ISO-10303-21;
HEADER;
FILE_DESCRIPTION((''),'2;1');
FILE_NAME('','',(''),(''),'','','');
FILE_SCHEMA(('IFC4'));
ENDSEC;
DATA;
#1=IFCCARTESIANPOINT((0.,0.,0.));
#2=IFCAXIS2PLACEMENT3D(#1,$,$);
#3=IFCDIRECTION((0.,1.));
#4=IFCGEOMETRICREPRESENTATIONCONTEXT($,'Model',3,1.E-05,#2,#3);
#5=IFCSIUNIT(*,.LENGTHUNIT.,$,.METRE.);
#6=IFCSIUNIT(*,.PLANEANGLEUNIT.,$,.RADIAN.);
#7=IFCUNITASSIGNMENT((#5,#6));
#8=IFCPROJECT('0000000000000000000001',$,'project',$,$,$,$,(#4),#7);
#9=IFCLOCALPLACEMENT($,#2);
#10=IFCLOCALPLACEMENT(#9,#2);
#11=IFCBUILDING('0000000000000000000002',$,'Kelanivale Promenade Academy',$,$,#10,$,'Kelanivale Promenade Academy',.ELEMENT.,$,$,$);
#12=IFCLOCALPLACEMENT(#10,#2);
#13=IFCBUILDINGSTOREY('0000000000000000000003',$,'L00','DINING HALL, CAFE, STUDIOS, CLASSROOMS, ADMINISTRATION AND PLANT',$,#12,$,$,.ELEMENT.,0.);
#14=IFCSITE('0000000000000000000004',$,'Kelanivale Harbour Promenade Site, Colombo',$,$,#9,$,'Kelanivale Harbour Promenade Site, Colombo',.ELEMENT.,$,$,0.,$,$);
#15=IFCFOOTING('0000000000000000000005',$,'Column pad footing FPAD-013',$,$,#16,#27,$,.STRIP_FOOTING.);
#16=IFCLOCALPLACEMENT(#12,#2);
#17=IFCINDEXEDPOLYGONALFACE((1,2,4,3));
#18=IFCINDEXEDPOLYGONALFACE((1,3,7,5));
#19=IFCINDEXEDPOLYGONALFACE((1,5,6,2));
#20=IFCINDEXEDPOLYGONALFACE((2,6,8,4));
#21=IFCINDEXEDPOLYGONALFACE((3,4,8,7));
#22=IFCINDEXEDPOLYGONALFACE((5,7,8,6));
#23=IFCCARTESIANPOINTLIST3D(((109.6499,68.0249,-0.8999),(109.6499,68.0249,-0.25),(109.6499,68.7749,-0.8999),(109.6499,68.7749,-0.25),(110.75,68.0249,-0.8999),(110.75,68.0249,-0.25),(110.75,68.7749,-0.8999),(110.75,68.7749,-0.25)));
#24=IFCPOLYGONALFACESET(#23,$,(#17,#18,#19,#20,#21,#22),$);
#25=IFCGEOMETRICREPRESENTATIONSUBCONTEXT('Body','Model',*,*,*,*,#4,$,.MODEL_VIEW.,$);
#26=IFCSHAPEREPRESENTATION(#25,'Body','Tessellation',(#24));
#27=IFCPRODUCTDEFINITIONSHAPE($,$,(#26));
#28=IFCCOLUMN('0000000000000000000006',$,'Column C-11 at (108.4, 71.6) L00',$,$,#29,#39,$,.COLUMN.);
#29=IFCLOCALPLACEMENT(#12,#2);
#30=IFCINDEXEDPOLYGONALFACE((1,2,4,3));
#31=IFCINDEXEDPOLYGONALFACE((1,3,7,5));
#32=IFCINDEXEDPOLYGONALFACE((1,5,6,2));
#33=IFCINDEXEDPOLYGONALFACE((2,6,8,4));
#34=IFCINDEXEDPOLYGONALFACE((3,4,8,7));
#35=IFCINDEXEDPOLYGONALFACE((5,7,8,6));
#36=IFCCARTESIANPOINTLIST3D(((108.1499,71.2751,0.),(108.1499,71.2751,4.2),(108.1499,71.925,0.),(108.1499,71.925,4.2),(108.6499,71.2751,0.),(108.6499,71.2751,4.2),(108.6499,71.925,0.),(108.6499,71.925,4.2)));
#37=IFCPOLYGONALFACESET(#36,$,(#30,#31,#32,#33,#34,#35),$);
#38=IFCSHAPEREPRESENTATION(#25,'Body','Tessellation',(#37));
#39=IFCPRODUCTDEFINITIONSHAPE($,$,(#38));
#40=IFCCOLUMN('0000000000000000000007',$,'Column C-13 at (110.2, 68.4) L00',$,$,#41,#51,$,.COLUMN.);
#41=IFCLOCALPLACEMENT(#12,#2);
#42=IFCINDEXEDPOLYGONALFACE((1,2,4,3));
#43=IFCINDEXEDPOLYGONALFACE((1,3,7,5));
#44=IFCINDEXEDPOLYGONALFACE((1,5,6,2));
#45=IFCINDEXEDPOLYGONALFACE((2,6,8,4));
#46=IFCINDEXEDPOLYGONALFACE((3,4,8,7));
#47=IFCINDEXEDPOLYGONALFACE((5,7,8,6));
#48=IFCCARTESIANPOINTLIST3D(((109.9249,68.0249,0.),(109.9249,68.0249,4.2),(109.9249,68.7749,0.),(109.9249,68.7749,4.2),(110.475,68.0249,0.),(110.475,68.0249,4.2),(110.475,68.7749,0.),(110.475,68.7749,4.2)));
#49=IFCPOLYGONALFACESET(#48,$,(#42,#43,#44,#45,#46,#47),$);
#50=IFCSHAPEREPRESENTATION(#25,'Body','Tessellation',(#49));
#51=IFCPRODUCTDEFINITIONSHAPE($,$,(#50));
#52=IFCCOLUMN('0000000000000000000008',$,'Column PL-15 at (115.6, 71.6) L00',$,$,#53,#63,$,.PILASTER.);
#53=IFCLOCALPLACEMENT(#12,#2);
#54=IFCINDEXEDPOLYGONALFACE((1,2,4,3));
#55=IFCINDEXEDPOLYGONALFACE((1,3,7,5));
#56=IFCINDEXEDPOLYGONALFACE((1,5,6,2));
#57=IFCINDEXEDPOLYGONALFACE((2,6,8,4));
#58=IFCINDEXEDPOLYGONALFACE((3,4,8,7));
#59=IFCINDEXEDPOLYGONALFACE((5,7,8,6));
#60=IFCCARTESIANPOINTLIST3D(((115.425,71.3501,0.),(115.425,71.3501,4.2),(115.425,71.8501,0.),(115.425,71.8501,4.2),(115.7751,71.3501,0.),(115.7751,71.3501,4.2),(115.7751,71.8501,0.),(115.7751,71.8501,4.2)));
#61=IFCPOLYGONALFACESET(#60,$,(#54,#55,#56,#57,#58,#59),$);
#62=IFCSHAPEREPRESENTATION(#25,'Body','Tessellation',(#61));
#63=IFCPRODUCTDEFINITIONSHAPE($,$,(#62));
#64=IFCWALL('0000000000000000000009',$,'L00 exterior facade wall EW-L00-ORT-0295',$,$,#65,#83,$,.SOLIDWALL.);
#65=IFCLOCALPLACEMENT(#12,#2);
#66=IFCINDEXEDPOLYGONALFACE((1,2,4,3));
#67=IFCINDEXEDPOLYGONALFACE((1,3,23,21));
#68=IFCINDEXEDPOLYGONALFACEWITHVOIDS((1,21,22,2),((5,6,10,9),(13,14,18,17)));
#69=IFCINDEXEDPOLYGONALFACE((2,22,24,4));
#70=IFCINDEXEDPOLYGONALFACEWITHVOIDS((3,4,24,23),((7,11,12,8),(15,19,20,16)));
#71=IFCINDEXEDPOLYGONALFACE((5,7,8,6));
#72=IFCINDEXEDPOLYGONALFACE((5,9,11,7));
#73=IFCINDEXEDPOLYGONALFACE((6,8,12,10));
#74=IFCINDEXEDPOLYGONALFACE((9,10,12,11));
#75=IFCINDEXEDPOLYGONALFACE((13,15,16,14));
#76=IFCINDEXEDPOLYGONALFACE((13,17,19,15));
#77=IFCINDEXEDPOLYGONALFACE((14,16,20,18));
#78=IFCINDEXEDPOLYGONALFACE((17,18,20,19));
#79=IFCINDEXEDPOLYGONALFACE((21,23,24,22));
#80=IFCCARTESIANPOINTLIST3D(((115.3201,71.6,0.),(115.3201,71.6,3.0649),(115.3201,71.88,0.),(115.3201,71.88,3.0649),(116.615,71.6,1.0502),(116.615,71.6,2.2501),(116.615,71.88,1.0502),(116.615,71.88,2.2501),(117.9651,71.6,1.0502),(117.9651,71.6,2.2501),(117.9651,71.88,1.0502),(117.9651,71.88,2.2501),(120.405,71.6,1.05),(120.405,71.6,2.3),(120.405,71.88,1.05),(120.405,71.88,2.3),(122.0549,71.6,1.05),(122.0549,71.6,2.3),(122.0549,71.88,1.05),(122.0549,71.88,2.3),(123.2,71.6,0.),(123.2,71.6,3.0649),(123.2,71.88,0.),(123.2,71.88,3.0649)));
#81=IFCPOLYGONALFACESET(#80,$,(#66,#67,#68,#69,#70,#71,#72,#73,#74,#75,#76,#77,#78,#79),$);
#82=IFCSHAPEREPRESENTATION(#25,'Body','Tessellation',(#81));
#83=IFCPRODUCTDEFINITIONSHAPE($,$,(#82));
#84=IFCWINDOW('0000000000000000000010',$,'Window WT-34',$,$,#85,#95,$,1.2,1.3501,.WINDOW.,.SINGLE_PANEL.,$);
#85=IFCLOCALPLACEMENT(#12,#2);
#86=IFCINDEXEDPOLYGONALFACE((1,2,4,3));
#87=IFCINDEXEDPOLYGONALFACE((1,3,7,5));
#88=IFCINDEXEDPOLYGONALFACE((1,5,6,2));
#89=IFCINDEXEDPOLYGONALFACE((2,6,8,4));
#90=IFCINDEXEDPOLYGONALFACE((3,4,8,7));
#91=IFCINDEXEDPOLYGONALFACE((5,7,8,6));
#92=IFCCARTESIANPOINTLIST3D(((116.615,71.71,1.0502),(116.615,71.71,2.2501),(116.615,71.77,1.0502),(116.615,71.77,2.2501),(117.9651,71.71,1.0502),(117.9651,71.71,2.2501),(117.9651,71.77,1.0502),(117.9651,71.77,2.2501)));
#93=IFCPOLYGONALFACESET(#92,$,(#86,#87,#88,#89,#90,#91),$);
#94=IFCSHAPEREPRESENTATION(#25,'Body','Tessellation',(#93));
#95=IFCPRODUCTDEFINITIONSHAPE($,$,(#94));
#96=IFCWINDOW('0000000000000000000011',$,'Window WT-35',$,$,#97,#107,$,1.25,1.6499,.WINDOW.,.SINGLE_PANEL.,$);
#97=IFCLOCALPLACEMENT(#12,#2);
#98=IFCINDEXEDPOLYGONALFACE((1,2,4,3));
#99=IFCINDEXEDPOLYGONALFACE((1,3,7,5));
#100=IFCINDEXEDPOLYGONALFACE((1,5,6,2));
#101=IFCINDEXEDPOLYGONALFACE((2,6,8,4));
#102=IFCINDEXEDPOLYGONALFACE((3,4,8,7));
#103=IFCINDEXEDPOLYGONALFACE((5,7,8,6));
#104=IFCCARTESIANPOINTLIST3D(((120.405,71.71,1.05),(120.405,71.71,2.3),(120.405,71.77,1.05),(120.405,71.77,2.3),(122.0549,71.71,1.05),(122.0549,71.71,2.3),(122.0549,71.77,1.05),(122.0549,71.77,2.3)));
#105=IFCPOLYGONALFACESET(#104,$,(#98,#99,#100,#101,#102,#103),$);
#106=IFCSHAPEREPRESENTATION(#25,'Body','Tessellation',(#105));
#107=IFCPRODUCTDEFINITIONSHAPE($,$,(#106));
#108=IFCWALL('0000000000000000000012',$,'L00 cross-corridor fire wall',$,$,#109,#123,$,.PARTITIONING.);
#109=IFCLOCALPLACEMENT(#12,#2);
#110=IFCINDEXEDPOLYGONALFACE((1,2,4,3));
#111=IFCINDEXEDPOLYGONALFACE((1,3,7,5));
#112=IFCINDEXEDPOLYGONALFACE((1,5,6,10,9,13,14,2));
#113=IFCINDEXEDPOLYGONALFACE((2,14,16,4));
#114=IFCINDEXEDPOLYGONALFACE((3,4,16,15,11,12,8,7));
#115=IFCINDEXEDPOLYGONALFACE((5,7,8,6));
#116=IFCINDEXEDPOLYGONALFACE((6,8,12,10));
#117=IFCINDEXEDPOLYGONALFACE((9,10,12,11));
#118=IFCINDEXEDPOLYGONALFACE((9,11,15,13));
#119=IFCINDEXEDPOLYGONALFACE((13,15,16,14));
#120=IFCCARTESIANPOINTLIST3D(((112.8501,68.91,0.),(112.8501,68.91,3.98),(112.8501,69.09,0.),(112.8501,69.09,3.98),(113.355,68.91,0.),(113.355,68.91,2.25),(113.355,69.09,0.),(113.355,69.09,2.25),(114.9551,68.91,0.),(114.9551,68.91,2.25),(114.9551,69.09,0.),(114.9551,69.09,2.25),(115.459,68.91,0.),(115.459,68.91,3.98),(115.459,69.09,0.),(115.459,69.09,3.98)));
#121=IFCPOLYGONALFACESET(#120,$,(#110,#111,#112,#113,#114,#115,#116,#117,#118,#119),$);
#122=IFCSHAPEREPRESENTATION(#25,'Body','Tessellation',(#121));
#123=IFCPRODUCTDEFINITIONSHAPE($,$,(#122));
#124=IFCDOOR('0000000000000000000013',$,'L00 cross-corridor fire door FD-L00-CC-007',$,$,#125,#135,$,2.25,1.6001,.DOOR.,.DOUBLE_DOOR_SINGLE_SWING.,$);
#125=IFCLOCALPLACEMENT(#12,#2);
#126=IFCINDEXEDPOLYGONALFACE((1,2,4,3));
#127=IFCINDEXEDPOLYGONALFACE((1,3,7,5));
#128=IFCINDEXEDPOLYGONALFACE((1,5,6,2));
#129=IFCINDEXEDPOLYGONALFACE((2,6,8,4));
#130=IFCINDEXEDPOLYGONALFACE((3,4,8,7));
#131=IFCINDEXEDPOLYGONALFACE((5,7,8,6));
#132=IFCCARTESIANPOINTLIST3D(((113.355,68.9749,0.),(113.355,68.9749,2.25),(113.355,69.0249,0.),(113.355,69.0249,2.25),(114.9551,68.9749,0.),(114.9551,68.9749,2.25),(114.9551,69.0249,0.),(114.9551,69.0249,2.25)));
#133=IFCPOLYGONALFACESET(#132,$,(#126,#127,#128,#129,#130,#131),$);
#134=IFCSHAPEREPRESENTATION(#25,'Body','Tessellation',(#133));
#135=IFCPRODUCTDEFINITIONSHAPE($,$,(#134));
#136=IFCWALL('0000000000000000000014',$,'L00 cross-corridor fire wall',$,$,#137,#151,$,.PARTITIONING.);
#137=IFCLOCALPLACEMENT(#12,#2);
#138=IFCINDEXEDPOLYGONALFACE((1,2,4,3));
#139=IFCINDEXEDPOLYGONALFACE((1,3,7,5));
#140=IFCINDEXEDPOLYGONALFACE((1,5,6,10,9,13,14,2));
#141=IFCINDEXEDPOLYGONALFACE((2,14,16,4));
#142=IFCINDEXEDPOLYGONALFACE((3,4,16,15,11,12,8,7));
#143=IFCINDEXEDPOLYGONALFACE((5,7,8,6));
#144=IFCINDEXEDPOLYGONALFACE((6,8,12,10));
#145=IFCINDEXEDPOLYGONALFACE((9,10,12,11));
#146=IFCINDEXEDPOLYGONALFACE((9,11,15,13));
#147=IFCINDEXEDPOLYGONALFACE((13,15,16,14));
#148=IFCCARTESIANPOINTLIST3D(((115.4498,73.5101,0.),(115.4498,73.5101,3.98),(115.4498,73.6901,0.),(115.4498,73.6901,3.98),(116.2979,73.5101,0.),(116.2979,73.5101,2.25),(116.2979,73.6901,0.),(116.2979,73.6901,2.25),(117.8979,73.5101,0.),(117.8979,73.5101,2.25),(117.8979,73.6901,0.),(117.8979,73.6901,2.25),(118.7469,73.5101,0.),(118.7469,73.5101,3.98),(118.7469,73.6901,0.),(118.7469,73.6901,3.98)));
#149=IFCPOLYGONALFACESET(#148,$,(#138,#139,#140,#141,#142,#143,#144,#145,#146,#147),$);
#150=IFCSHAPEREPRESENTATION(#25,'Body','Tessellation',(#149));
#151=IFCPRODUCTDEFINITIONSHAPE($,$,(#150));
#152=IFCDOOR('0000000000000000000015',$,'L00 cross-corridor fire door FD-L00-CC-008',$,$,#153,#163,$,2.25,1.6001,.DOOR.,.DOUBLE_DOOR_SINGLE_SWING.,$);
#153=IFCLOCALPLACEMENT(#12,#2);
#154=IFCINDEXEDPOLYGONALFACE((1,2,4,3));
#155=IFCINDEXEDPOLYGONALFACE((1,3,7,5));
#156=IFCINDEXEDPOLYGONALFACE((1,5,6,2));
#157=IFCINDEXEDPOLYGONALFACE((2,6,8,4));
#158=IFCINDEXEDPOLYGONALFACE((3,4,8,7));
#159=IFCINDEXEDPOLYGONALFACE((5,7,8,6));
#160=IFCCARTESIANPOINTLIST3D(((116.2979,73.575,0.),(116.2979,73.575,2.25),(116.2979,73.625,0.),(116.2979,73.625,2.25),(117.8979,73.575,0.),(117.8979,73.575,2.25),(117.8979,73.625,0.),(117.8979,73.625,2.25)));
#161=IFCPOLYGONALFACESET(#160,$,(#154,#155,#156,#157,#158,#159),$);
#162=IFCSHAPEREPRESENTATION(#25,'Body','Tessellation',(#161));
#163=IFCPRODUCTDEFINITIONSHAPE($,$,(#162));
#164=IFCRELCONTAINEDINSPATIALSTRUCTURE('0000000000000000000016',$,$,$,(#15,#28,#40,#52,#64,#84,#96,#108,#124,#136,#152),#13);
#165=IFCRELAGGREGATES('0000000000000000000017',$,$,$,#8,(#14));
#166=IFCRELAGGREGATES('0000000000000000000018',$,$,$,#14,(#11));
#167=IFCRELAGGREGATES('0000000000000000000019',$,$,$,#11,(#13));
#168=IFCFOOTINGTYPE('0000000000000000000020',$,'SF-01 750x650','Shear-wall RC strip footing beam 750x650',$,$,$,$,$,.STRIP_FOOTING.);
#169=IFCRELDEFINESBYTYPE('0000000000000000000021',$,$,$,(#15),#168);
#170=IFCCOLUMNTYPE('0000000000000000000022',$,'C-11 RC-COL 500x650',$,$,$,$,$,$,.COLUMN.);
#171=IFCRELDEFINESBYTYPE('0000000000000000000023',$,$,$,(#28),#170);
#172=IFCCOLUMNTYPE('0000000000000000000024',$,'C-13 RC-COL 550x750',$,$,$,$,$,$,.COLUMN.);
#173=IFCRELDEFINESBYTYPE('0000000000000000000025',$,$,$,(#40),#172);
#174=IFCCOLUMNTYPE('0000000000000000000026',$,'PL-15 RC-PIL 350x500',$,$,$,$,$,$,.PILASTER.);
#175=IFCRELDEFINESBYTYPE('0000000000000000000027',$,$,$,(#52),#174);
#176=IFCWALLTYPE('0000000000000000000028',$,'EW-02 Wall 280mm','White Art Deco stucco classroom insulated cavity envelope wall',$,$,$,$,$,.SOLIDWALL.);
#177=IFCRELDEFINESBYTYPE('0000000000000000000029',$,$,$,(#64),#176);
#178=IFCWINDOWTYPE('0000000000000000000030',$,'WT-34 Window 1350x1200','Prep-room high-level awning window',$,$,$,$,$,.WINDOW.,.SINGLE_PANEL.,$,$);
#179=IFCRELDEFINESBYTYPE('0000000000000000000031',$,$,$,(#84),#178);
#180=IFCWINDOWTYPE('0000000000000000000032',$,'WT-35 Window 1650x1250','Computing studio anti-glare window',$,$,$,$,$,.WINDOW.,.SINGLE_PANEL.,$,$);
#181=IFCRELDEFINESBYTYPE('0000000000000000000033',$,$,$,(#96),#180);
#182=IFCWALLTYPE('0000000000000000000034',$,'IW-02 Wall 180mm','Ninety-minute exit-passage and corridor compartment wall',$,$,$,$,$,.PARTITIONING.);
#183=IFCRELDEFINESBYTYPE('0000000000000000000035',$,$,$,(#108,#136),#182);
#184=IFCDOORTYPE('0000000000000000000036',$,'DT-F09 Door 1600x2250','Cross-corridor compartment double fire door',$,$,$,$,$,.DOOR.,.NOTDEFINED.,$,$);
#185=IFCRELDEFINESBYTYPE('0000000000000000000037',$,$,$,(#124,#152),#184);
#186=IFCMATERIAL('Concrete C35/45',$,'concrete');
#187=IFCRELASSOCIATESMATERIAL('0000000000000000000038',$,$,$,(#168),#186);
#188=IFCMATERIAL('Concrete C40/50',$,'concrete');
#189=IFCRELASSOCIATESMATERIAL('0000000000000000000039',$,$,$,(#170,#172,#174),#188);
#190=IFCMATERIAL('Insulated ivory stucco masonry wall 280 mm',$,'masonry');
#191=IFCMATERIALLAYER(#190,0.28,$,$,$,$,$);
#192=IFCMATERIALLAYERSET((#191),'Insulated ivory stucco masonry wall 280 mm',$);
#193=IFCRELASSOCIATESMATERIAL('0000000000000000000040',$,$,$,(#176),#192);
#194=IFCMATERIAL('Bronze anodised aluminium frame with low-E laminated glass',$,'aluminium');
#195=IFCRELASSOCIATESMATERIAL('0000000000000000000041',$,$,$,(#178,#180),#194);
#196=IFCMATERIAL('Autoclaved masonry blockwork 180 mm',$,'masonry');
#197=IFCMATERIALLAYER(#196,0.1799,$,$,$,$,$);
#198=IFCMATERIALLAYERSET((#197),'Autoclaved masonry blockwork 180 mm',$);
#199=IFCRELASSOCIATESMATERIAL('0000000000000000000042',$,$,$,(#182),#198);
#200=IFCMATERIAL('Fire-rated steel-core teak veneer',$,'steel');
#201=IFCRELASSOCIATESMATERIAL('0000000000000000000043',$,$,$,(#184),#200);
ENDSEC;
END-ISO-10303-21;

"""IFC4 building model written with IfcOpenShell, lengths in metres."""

from ifc_helpers import new_model, si_unit, direction, frame, frame_2d, origin, origin_2d, place, context, subcontext, project, spatial, rectangle, extrude, material, layer, layer_set, material_profile, profile_set, type_object, element, fill, save


model = new_model("IFC4")

# Units and contexts
model_context = context("Model", 3, precision=1e-05, world=origin(), true_north=direction((0.0, 1.0)))
body_context = subcontext(model_context, "Body", "Model", "MODEL_VIEW")
ifc_project = project(units=[si_unit("LENGTHUNIT", "METRE"), si_unit("PLANEANGLEUNIT", "RADIAN")], contexts=[model_context])

# Site, building, storey
site_placement = place(None, origin())
site = spatial("IfcSite", under=ifc_project, at=site_placement, Name="Kelanivale Harbour Promenade Site, Colombo", LongName="Kelanivale Harbour Promenade Site, Colombo", CompositionType="ELEMENT", RefElevation=0.0)
building_placement = place(site_placement, origin())
building = spatial("IfcBuilding", under=site, at=building_placement, Name="Kelanivale Promenade Academy", LongName="Kelanivale Promenade Academy", CompositionType="ELEMENT")
storey_placement = place(building_placement, origin())
storey = spatial("IfcBuildingStorey", under=building, at=storey_placement, Name="L00", Description="DINING HALL, CAFE, STUDIOS, CLASSROOMS, ADMINISTRATION AND PLANT", CompositionType="ELEMENT", Elevation=0.0)

# Shared definitions
ifc_material_1 = material(Name="Concrete C35/45", Category="concrete")

# Footing
footing_type_1 = type_object("IfcFootingType", Name="SF-01 750x650", Description="Shear-wall RC strip footing beam 750x650", PredefinedType="STRIP_FOOTING", material=ifc_material_1)
footing_1_placement = place(storey_placement, frame((110.2, 68.3999, -0.8999), z_axis=(0.0, 0.0, 1.0), x_axis=(1.0, 0.0, 0.0)))
element("IfcFooting", 1, at=footing_1_placement, inside=storey, type_object=footing_type_1, Name="Column pad footing FPAD-013", PredefinedType="STRIP_FOOTING", context=body_context, shape_type="SweptSolid", body=[
    extrude(rectangle(XDim=1.1001, YDim=0.75, at=origin_2d()), origin(), (0.0, 0.0, 1.0), 0.6499),
])

# Columns
ifc_material_2 = material(Name="Concrete C40/50", Category="concrete")
ifc_material_profile_1 = material_profile(ifc_material_2, rectangle(XDim=0.5, YDim=0.6499, at=origin_2d()), Name="RC-COL 500x650")
ifc_profile_set_1 = profile_set([ifc_material_profile_1], Name="Concrete C40/50")
column_type_1 = type_object("IfcColumnType", Name="C-11 RC-COL 500x650", PredefinedType="COLUMN", material=ifc_profile_set_1)
column_1_placement = place(storey_placement, frame((108.3999, 71.6001, 0.0), z_axis=(0.0, 0.0, 1.0), x_axis=(1.0, 0.0, 0.0)))
element("IfcColumn", 2, at=column_1_placement, inside=storey, type_object=column_type_1, Name="Column C-11 at (108.4, 71.6) L00", PredefinedType="COLUMN", context=body_context, shape_type="SweptSolid", body=[
    extrude(rectangle(XDim=0.5, YDim=0.6499, at=origin_2d()), origin(), (0.0, 0.0, 1.0), 4.2),
])
ifc_material_profile_2 = material_profile(ifc_material_2, rectangle(XDim=0.55, YDim=0.75, at=origin_2d()), Name="RC-COL 550x750")
ifc_profile_set_2 = profile_set([ifc_material_profile_2], Name="Concrete C40/50")
column_type_2 = type_object("IfcColumnType", Name="C-13 RC-COL 550x750", PredefinedType="COLUMN", material=ifc_profile_set_2)
column_2_placement = place(storey_placement, frame((110.2, 68.3999, 0.0), z_axis=(0.0, 0.0, 1.0), x_axis=(1.0, 0.0, 0.0)))
element("IfcColumn", 3, at=column_2_placement, inside=storey, type_object=column_type_2, Name="Column C-13 at (110.2, 68.4) L00", PredefinedType="COLUMN", context=body_context, shape_type="SweptSolid", body=[
    extrude(rectangle(XDim=0.55, YDim=0.75, at=origin_2d()), origin(), (0.0, 0.0, 1.0), 4.2),
])
ifc_material_profile_3 = material_profile(ifc_material_2, rectangle(XDim=0.3501, YDim=0.5, at=origin_2d()), Name="RC-PIL 350x500")
ifc_profile_set_3 = profile_set([ifc_material_profile_3], Name="Concrete C40/50")
column_type_3 = type_object("IfcColumnType", Name="PL-15 RC-PIL 350x500", PredefinedType="PILASTER", material=ifc_profile_set_3)
column_3_placement = place(storey_placement, frame((115.6001, 71.6001, 0.0), z_axis=(0.0, 0.0, 1.0), x_axis=(1.0, 0.0, 0.0)))
element("IfcColumn", 4, at=column_3_placement, inside=storey, type_object=column_type_3, Name="Column PL-15 at (115.6, 71.6) L00", PredefinedType="PILASTER", context=body_context, shape_type="SweptSolid", body=[
    extrude(rectangle(XDim=0.3501, YDim=0.5, at=origin_2d()), origin(), (0.0, 0.0, 1.0), 4.2),
])

# Wall, openings, windows
ifc_material_3 = material(Name="Insulated ivory stucco masonry wall 280 mm", Category="masonry")
ifc_layer_1 = layer(ifc_material_3, 0.28)
ifc_layer_set_1 = layer_set([ifc_layer_1], Name="Insulated ivory stucco masonry wall 280 mm")
wall_type_1 = type_object("IfcWallType", Name="EW-02 Wall 280mm", Description="White Art Deco stucco classroom insulated cavity envelope wall", PredefinedType="SOLIDWALL", material=ifc_layer_set_1)
wall_1_placement = place(storey_placement, frame((115.3201, 71.74, 0.0), z_axis=(0.0, 0.0, 1.0), x_axis=(1.0, 0.0, 0.0)))
wall_1 = element("IfcWall", 5, at=wall_1_placement, inside=storey, type_object=wall_type_1, Name="L00 exterior facade wall EW-L00-ORT-0295", PredefinedType="SOLIDWALL", context=body_context, shape_type="SweptSolid", body=[
    extrude(rectangle(XDim=7.8799, YDim=0.28, at=frame_2d((3.9399, 0.0))), origin(), (0.0, 0.0, 1.0), 3.0649),
])
opening_1_placement = place(wall_1_placement, frame((1.2949, 0.0, 1.05)))
opening_1 = element("IfcOpeningElement", 6, at=opening_1_placement, cuts=wall_1, PredefinedType="OPENING", context=body_context, shape_type="SweptSolid", body=[
    extrude(rectangle(XDim=1.3501, YDim=1.2, at=frame_2d((0.675, 0.6001))), frame((0.0, 0.1499, 0.0), z_axis=(0.0, -1.0, 0.0), x_axis=(1.0, 0.0, 0.0)), (0.0, 0.0, 1.0), 0.3),
])
opening_2_placement = place(wall_1_placement, frame((5.085, 0.0, 1.05)))
opening_2 = element("IfcOpeningElement", 7, at=opening_2_placement, cuts=wall_1, PredefinedType="OPENING", context=body_context, shape_type="SweptSolid", body=[
    extrude(rectangle(XDim=1.6499, YDim=1.25, at=frame_2d((0.825, 0.625))), frame((0.0, 0.1499, 0.0), z_axis=(0.0, -1.0, 0.0), x_axis=(1.0, 0.0, 0.0)), (0.0, 0.0, 1.0), 0.3),
])
ifc_material_4 = material(Name="Bronze anodised aluminium frame with low-E laminated glass", Category="aluminium")
window_type_1 = type_object("IfcWindowType", Name="WT-34 Window 1350x1200", Description="Prep-room high-level awning window", PartitioningType="SINGLE_PANEL", PredefinedType="WINDOW", material=ifc_material_4)
window_1_placement = place(opening_1_placement, origin())
window_1 = element("IfcWindow", 8, at=window_1_placement, inside=storey, type_object=window_type_1, Name="Window WT-34", OverallHeight=1.2, OverallWidth=1.3501, PartitioningType="SINGLE_PANEL", PredefinedType="WINDOW", context=body_context, shape_type="SweptSolid", body=[
    extrude(rectangle(XDim=1.3501, YDim=1.2, at=frame_2d((0.675, 0.6001))), frame((0.0, 0.03, 0.0), z_axis=(0.0, -1.0, 0.0), x_axis=(1.0, 0.0, 0.0)), (0.0, 0.0, 1.0), 0.0601),
])
fill(opening_1, window_1)
window_type_2 = type_object("IfcWindowType", Name="WT-35 Window 1650x1250", Description="Computing studio anti-glare window", PartitioningType="SINGLE_PANEL", PredefinedType="WINDOW", material=ifc_material_4)
window_2_placement = place(opening_2_placement, origin())
window_2 = element("IfcWindow", 9, at=window_2_placement, inside=storey, type_object=window_type_2, Name="Window WT-35", OverallHeight=1.25, OverallWidth=1.6499, PartitioningType="SINGLE_PANEL", PredefinedType="WINDOW", context=body_context, shape_type="SweptSolid", body=[
    extrude(rectangle(XDim=1.6499, YDim=1.25, at=frame_2d((0.825, 0.625))), frame((0.0, 0.03, 0.0), z_axis=(0.0, -1.0, 0.0), x_axis=(1.0, 0.0, 0.0)), (0.0, 0.0, 1.0), 0.0601),
])
fill(opening_2, window_2)

# Walls, openings, doors
ifc_material_5 = material(Name="Autoclaved masonry blockwork 180 mm", Category="masonry")
ifc_layer_2 = layer(ifc_material_5, 0.1799)
ifc_layer_set_2 = layer_set([ifc_layer_2], Name="Autoclaved masonry blockwork 180 mm")
wall_type_2 = type_object("IfcWallType", Name="IW-02 Wall 180mm", Description="Ninety-minute exit-passage and corridor compartment wall", PredefinedType="PARTITIONING", material=ifc_layer_set_2)
wall_2_placement = place(storey_placement, frame((112.8501, 69.0, 0.0), z_axis=(0.0, 0.0, 1.0), x_axis=(1.0, 0.0, 0.0)))
wall_2 = element("IfcWall", 10, at=wall_2_placement, inside=storey, type_object=wall_type_2, Name="L00 cross-corridor fire wall", PredefinedType="PARTITIONING", context=body_context, shape_type="SweptSolid", body=[
    extrude(rectangle(XDim=2.6089, YDim=0.1799, at=frame_2d((1.3044, 0.0))), origin(), (0.0, 0.0, 1.0), 3.98),
])
opening_3_placement = place(wall_2_placement, frame((0.5049, 0.0, 0.0)))
opening_3 = element("IfcOpeningElement", 11, at=opening_3_placement, cuts=wall_2, PredefinedType="OPENING", context=body_context, shape_type="SweptSolid", body=[
    extrude(rectangle(XDim=1.6001, YDim=2.25, at=frame_2d((0.8, 1.125))), frame((0.0, 0.1001, 0.0), z_axis=(0.0, -1.0, 0.0), x_axis=(1.0, 0.0, 0.0)), (0.0, 0.0, 1.0), 0.2),
])
ifc_material_6 = material(Name="Fire-rated steel-core teak veneer", Category="steel")
door_type_1 = type_object("IfcDoorType", Name="DT-F09 Door 1600x2250", Description="Cross-corridor compartment double fire door", OperationType="NOTDEFINED", PredefinedType="DOOR", material=ifc_material_6)
door_1_placement = place(opening_3_placement, origin())
door_1 = element("IfcDoor", 12, at=door_1_placement, inside=storey, type_object=door_type_1, Name="L00 cross-corridor fire door FD-L00-CC-007", OperationType="DOUBLE_DOOR_SINGLE_SWING", OverallHeight=2.25, OverallWidth=1.6001, PredefinedType="DOOR", context=body_context, shape_type="SweptSolid", body=[
    extrude(rectangle(XDim=1.6001, YDim=2.25, at=frame_2d((0.8, 1.125))), frame((0.0, 0.0249, 0.0), z_axis=(0.0, -1.0, 0.0), x_axis=(1.0, 0.0, 0.0)), (0.0, 0.0, 1.0), 0.05),
])
fill(opening_3, door_1)
wall_3_placement = place(storey_placement, frame((115.45, 73.6001, 0.0), z_axis=(0.0, 0.0, 1.0), x_axis=(1.0, 0.0, 0.0)))
wall_3 = element("IfcWall", 13, at=wall_3_placement, inside=storey, type_object=wall_type_2, Name="L00 cross-corridor fire wall", PredefinedType="PARTITIONING", context=body_context, shape_type="SweptSolid", body=[
    extrude(rectangle(XDim=3.2971, YDim=0.1799, at=frame_2d((1.6484, 0.0))), origin(), (0.0, 0.0, 1.0), 3.98),
])
opening_4_placement = place(wall_3_placement, frame((0.8479, 0.0, 0.0)))
opening_4 = element("IfcOpeningElement", 14, at=opening_4_placement, cuts=wall_3, PredefinedType="OPENING", context=body_context, shape_type="SweptSolid", body=[
    extrude(rectangle(XDim=1.6001, YDim=2.25, at=frame_2d((0.8, 1.125))), frame((0.0, 0.1001, 0.0), z_axis=(0.0, -1.0, 0.0), x_axis=(1.0, 0.0, 0.0)), (0.0, 0.0, 1.0), 0.2),
])
door_2_placement = place(opening_4_placement, origin())
door_2 = element("IfcDoor", 15, at=door_2_placement, inside=storey, type_object=door_type_1, Name="L00 cross-corridor fire door FD-L00-CC-008", OperationType="DOUBLE_DOOR_SINGLE_SWING", OverallHeight=2.25, OverallWidth=1.6001, PredefinedType="DOOR", context=body_context, shape_type="SweptSolid", body=[
    extrude(rectangle(XDim=1.6001, YDim=2.25, at=frame_2d((0.8, 1.125))), frame((0.0, 0.0249, 0.0), z_axis=(0.0, -1.0, 0.0), x_axis=(1.0, 0.0, 0.0)), (0.0, 0.0, 1.0), 0.05),
])
fill(opening_4, door_2)

save(model, "model.ifc")
